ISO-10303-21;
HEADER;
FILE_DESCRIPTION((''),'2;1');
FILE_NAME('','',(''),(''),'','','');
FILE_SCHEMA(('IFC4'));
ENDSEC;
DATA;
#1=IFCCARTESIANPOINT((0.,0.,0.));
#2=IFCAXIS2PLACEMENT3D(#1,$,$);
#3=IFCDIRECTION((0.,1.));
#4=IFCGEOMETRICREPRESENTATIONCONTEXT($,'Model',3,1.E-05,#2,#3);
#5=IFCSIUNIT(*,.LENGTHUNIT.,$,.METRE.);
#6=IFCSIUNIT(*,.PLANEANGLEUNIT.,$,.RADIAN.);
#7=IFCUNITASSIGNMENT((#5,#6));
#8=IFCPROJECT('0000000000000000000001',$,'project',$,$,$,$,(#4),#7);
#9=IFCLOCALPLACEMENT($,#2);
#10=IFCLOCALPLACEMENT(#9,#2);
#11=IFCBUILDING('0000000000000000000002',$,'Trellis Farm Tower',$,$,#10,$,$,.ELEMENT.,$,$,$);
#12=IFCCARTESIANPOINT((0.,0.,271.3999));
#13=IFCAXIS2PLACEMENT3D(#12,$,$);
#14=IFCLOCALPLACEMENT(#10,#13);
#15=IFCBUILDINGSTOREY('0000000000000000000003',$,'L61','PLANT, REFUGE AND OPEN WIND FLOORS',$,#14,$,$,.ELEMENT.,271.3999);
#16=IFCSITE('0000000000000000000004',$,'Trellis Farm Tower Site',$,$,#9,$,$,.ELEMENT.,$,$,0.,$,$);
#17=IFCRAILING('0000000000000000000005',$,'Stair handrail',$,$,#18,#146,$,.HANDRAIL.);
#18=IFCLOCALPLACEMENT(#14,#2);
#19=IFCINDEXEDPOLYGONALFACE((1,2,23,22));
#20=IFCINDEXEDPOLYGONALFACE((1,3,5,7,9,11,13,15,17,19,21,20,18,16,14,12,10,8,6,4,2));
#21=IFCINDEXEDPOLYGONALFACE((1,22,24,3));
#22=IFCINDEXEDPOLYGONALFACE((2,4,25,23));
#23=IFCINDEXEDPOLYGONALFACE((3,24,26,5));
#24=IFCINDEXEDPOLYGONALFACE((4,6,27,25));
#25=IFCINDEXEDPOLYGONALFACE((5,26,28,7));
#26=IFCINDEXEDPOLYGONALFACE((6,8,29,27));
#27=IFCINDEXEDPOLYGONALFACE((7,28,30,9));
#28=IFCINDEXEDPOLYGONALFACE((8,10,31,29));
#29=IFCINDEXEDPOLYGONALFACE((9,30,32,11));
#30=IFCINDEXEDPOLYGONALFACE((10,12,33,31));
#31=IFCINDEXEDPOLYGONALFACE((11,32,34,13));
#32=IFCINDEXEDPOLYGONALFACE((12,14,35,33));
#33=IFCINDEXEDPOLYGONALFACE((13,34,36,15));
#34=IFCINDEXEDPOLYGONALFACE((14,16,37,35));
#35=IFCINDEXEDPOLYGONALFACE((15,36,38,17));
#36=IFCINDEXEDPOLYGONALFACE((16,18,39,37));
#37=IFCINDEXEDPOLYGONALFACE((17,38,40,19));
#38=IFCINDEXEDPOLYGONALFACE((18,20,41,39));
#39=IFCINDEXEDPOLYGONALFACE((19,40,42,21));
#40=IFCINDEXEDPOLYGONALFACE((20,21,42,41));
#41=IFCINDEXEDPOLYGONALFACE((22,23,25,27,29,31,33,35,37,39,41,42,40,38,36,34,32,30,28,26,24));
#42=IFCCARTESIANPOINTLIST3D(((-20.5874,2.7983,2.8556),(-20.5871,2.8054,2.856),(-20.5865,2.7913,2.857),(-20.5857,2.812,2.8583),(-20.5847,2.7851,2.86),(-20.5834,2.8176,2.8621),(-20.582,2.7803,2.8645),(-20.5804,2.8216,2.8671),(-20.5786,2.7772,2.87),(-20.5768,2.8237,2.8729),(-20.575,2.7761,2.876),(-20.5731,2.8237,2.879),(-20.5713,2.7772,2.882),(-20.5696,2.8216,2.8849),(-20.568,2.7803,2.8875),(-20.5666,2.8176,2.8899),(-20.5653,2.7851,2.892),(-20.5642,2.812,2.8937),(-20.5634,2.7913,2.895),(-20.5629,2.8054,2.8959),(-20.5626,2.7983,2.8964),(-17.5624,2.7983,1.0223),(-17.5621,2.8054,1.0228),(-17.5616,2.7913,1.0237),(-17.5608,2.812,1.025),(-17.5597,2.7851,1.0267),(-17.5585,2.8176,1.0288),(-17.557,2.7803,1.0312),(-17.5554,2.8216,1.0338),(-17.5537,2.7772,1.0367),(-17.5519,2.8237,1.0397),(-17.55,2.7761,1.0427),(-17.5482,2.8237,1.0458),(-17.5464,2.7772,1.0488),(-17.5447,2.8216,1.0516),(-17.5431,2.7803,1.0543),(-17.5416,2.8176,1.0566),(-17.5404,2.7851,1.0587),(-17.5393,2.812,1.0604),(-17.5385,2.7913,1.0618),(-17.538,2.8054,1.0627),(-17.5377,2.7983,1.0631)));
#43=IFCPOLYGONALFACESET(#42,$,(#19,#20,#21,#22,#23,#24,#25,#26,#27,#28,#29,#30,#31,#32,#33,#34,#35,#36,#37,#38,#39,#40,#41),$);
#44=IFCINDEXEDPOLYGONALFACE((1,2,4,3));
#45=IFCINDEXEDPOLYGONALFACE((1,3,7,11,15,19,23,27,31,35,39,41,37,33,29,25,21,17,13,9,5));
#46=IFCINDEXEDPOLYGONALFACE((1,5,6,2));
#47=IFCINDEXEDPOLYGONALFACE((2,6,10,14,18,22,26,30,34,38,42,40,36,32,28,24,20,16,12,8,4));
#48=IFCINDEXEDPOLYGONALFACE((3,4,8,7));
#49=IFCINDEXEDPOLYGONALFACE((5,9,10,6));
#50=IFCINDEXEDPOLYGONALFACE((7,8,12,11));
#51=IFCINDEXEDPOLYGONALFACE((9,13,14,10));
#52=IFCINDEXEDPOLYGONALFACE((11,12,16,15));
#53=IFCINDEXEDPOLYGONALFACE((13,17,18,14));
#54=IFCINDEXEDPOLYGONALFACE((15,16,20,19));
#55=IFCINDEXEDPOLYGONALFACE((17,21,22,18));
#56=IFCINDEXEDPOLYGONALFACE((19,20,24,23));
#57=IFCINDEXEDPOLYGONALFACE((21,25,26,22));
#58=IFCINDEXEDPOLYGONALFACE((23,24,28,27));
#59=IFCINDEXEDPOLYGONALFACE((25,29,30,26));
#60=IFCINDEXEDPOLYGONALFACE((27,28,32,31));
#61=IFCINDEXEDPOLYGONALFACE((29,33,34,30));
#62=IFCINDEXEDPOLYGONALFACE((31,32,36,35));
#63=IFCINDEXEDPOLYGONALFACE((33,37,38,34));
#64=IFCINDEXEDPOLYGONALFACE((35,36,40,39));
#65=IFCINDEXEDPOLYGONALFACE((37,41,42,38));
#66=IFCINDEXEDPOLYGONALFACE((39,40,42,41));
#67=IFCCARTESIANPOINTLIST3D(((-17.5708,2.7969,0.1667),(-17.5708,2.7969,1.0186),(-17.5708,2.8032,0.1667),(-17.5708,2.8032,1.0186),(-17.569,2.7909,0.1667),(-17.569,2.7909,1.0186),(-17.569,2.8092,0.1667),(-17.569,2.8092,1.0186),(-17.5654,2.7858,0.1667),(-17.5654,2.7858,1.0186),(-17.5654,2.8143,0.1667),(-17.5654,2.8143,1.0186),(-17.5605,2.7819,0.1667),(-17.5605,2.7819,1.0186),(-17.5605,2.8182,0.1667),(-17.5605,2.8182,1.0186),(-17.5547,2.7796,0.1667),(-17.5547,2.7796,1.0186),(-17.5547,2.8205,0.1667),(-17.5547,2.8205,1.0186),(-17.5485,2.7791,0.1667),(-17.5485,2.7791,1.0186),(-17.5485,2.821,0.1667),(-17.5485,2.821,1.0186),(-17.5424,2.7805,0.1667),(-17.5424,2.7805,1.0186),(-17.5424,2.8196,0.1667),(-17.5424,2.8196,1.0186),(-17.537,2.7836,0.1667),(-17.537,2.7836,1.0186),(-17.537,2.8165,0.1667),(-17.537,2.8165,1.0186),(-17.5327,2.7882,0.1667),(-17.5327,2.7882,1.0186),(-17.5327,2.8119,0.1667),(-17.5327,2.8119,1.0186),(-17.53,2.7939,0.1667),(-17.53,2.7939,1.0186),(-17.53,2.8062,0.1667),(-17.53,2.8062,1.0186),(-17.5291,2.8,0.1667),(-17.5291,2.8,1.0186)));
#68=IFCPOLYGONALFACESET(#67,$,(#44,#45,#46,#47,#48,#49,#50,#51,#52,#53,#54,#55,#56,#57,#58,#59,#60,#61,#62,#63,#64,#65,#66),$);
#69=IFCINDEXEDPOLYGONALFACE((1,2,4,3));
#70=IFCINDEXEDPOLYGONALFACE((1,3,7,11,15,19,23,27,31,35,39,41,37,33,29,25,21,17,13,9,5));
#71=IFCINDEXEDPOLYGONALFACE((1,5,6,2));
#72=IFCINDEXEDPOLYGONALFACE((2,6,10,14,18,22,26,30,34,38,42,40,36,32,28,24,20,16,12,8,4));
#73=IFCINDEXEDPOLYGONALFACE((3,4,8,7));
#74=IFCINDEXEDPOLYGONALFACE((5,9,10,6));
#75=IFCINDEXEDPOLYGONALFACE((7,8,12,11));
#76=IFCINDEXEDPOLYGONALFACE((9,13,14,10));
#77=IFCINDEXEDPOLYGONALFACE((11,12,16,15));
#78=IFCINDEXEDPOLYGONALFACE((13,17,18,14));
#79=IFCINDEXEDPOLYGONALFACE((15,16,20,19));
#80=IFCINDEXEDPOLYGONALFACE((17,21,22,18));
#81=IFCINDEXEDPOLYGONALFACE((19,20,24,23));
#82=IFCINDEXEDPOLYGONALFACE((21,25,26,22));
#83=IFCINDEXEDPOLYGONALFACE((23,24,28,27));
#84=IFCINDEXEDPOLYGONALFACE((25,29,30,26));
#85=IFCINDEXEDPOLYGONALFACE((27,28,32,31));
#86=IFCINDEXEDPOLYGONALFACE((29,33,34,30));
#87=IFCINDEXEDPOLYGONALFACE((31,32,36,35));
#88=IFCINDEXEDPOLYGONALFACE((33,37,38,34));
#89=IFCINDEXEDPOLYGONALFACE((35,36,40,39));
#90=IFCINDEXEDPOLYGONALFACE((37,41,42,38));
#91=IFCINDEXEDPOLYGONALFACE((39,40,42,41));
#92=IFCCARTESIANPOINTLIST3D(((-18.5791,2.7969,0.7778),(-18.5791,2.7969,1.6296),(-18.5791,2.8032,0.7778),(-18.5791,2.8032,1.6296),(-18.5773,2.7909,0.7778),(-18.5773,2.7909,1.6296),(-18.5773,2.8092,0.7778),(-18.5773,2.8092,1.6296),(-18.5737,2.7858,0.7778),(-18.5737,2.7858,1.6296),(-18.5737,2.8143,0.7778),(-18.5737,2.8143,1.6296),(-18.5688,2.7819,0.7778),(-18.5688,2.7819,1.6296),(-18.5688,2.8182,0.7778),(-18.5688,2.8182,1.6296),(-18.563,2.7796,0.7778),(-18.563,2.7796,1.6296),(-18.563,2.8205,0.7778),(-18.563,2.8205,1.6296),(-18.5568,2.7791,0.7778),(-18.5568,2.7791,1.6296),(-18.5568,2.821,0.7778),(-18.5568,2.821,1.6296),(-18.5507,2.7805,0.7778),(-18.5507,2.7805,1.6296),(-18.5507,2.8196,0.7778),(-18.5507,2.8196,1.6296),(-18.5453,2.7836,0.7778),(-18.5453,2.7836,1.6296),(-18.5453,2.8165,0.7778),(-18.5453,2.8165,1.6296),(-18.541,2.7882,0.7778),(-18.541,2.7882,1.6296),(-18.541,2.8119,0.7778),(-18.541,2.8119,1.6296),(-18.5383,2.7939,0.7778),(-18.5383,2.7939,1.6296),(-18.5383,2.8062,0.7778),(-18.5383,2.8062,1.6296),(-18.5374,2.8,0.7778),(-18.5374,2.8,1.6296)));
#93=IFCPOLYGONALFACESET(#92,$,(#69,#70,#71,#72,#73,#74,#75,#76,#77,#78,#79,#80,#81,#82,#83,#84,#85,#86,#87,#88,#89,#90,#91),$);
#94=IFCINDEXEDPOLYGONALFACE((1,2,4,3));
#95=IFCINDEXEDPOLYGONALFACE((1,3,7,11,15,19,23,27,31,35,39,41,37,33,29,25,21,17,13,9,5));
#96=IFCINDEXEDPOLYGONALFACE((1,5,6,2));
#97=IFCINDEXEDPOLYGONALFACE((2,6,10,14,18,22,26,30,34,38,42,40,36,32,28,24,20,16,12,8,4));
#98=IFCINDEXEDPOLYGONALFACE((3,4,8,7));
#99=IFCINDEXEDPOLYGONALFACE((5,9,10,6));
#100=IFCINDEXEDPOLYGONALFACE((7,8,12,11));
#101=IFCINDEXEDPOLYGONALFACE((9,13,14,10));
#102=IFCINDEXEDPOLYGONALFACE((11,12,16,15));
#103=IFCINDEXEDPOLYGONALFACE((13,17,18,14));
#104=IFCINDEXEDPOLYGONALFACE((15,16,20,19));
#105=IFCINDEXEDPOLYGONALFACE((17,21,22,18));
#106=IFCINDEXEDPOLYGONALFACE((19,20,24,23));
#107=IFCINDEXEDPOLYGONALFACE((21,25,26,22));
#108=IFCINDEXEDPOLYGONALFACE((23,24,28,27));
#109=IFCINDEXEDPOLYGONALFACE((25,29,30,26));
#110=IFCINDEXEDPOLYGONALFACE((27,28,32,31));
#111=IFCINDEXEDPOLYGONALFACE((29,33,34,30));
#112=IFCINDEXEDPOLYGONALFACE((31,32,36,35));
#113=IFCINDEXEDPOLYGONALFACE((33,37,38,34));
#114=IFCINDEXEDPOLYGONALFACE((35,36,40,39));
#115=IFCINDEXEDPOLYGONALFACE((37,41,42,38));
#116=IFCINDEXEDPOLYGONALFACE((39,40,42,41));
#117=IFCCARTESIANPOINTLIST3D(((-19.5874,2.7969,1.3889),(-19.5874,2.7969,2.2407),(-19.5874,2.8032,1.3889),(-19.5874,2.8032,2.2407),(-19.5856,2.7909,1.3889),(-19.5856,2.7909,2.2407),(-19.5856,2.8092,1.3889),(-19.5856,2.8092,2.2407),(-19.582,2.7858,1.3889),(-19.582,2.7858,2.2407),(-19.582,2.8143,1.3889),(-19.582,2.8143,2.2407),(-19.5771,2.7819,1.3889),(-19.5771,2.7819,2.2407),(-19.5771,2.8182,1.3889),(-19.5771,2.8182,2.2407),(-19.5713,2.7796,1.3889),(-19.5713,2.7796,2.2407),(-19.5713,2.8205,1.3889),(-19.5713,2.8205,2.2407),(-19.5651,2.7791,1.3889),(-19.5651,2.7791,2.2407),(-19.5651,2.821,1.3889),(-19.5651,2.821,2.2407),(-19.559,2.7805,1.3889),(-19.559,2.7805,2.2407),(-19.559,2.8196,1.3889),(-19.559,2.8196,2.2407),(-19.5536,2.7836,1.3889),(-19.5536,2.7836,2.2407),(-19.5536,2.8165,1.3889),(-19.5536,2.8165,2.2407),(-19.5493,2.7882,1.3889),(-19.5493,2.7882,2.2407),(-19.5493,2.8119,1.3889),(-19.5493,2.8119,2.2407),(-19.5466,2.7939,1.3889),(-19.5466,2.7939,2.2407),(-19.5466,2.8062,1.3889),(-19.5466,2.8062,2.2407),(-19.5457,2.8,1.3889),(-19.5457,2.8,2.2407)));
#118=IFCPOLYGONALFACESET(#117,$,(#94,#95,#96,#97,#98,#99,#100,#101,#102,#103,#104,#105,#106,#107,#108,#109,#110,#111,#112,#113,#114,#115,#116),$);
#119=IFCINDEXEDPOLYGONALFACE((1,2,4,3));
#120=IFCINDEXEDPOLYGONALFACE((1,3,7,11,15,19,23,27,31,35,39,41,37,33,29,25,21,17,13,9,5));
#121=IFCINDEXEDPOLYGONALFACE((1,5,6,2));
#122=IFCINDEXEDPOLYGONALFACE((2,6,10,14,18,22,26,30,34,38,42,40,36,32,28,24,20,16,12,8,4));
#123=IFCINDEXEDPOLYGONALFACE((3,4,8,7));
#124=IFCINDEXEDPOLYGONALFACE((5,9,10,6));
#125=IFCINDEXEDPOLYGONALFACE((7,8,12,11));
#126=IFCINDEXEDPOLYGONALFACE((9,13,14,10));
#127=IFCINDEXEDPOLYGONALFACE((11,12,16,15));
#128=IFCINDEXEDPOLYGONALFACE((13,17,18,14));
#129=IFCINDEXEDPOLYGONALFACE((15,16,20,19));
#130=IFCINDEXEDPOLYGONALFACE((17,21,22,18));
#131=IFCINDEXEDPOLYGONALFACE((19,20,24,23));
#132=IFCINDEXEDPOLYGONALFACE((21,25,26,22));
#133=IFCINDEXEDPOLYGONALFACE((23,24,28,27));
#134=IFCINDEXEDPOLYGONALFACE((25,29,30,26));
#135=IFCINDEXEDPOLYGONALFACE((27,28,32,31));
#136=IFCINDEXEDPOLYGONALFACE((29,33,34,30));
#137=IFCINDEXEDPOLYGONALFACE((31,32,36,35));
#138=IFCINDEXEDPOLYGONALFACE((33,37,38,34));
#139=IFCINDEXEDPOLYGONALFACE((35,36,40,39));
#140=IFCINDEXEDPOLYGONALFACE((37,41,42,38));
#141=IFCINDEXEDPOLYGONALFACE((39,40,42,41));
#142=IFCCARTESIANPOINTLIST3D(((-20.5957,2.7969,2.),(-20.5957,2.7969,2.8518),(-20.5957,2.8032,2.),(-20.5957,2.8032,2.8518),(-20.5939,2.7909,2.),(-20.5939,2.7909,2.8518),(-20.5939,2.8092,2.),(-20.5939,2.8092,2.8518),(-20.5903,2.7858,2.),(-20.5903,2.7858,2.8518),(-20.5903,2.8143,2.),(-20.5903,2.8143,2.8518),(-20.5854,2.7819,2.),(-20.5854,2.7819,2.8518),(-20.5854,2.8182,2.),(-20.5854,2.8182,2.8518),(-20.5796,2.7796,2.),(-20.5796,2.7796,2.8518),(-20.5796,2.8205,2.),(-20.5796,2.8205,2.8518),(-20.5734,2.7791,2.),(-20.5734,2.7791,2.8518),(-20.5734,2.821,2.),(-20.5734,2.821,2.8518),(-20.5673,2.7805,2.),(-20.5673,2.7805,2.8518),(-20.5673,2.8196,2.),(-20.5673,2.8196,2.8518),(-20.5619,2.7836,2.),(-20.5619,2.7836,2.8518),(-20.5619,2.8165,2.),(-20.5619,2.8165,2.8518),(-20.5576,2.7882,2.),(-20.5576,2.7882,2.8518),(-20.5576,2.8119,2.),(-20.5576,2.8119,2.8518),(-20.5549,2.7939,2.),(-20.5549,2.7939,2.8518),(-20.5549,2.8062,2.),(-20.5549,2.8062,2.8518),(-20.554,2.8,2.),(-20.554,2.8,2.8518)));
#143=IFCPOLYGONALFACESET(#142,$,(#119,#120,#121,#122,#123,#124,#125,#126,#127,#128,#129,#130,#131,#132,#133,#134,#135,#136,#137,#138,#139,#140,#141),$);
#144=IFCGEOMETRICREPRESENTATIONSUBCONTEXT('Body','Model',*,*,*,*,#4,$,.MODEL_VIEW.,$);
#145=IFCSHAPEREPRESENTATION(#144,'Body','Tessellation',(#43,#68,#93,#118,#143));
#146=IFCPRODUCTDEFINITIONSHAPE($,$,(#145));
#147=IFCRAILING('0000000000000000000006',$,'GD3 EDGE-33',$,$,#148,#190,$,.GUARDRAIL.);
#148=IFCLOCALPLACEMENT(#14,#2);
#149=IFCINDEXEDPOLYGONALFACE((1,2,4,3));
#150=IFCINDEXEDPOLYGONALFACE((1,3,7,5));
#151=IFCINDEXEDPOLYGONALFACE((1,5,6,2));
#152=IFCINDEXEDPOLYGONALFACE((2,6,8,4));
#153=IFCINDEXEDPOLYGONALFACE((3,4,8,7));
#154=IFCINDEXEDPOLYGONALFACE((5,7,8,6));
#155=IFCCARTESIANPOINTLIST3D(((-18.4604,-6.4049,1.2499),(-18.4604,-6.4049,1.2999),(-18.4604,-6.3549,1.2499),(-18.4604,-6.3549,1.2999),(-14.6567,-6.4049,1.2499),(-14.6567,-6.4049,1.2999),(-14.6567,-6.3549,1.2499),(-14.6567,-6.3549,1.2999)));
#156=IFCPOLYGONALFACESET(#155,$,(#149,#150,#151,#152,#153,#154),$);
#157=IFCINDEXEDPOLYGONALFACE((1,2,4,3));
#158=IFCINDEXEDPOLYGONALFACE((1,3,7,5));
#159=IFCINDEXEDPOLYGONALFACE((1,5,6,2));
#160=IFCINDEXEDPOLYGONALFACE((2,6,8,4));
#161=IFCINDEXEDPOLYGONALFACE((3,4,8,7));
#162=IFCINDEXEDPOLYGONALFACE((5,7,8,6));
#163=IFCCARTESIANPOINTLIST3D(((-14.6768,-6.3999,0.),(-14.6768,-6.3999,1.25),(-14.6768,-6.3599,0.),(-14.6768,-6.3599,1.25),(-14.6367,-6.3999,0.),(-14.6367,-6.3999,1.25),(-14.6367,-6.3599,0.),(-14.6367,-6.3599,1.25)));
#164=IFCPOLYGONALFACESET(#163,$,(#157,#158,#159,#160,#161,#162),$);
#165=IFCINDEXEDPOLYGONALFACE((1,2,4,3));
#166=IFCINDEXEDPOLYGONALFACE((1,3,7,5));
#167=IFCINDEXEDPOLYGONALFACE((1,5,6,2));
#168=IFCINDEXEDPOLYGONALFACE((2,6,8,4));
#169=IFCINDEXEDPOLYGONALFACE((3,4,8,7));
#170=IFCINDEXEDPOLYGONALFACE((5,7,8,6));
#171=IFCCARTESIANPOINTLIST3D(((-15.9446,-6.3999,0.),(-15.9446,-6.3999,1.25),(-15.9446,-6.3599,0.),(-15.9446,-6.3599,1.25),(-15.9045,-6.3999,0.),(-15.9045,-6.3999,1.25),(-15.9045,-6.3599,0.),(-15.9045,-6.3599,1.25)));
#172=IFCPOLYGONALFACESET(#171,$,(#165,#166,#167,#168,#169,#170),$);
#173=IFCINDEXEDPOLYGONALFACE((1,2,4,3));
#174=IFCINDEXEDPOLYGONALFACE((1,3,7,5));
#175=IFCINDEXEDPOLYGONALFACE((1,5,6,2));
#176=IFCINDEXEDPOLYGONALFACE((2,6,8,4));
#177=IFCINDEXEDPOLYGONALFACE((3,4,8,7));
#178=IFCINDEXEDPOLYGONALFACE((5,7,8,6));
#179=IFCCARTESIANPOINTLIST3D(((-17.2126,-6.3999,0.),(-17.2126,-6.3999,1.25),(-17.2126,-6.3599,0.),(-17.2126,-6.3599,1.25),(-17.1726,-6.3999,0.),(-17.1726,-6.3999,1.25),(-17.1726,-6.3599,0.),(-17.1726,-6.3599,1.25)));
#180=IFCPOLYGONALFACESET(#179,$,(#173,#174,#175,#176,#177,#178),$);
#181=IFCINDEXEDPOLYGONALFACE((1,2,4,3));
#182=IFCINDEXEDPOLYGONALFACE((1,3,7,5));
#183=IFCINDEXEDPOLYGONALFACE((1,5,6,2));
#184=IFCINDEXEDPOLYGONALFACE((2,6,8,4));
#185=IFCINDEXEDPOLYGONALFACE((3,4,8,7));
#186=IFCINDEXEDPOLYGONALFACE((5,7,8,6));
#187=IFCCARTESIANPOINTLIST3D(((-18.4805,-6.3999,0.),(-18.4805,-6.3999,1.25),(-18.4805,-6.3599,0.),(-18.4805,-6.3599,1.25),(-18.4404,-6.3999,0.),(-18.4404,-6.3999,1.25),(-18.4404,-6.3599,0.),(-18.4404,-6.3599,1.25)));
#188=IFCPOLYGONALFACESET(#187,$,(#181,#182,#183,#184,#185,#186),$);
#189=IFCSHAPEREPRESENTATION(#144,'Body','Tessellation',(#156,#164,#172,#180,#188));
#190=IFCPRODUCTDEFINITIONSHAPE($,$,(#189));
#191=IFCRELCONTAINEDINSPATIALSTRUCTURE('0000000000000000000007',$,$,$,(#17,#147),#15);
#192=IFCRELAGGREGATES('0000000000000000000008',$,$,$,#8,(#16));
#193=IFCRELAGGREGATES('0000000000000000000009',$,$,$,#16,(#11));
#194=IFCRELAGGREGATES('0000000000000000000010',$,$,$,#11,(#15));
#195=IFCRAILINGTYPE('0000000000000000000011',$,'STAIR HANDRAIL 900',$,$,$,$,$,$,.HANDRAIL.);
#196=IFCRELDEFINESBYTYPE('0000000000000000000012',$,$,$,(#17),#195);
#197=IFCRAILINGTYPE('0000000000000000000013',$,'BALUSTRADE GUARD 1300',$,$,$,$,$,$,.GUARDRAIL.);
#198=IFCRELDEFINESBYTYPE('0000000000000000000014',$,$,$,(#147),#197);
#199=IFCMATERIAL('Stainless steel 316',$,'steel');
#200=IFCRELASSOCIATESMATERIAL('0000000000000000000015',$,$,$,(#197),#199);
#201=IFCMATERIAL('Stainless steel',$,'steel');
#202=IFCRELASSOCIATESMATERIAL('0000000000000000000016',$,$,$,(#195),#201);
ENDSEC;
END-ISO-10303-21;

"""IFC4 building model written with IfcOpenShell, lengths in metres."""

from ifc_helpers import new_model, si_unit, direction, frame, origin, origin_2d, place, context, subcontext, project, spatial, rectangle, circle, extrude, source, transform, mapped, material, type_object, element, save


model = new_model("IFC4")

# Units and contexts
model_context = context("Model", 3, precision=1e-05, world=origin(), true_north=direction((0.0, 1.0)))
body_context = subcontext(model_context, "Body", "Model", "MODEL_VIEW")
ifc_project = project(units=[si_unit("LENGTHUNIT", "METRE"), si_unit("PLANEANGLEUNIT", "RADIAN")], contexts=[model_context])

# Site, building, storey
site_placement = place(None, origin())
site = spatial("IfcSite", under=ifc_project, at=site_placement, Name="Trellis Farm Tower Site", CompositionType="ELEMENT", RefElevation=0.0)
building_placement = place(site_placement, origin())
building = spatial("IfcBuilding", under=site, at=building_placement, Name="Trellis Farm Tower", CompositionType="ELEMENT")
storey_placement = place(building_placement, frame((0.0, 0.0, 271.3999)))
storey = spatial("IfcBuildingStorey", under=building, at=storey_placement, Name="L61", Description="PLANT, REFUGE AND OPEN WIND FLOORS", CompositionType="ELEMENT", Elevation=271.3999)

# Railings
ifc_material_1 = material(Name="Stainless steel 316", Category="steel")
railing_type_1 = type_object("IfcRailingType", Name="BALUSTRADE GUARD 1300", PredefinedType="GUARDRAIL", material=ifc_material_1)
ifc_material_2 = material(Name="Stainless steel", Category="steel")
railing_type_2 = type_object("IfcRailingType", Name="STAIR HANDRAIL 900", PredefinedType="HANDRAIL", material=ifc_material_2)
shared_shape_1 = source(origin(), body_context, "Body", "SweptSolid", [
    extrude(circle(Radius=0.0239, at=origin_2d()), frame((0.0, 0.0, 0.876), z_axis=(-0.855201, 0.0, 0.518297), x_axis=(0.0, -1.0, 0.0)), (0.0, 0.0, 1.0), 3.5371),
    extrude(circle(Radius=0.021, at=origin_2d()), origin(), (0.0, 0.0, 1.0), 0.8518),
    extrude(circle(Radius=0.021, at=origin_2d()), frame((-1.0083, 0.0, 0.6111)), (0.0, 0.0, 1.0), 0.8518),
    extrude(circle(Radius=0.021, at=origin_2d()), frame((-2.0166, 0.0, 1.2222)), (0.0, 0.0, 1.0), 0.8518),
    extrude(circle(Radius=0.021, at=origin_2d()), frame((-3.0249, 0.0, 1.8333)), (0.0, 0.0, 1.0), 0.8518),
])
railing_1_placement = place(storey_placement, frame((-17.55, 2.8, 0.1667)))
element("IfcRailing", 1, at=railing_1_placement, inside=storey, type_object=railing_type_2, Name="Stair handrail", PredefinedType="HANDRAIL", context=body_context, shape_type="MappedRepresentation", body=[
    mapped(shared_shape_1, transform((0.0, 0.0, 0.0))),
])
shared_shape_2 = source(origin(), body_context, "Body", "SweptSolid", [
    extrude(rectangle(XDim=0.05, YDim=0.05, at=origin_2d()), frame((0.0, 0.0, 1.2749), z_axis=(-1.0, 0.0, 0.0), x_axis=(0.0, -1.0, 0.0)), (0.0, 0.0, 1.0), 3.8037),
    extrude(rectangle(XDim=0.04, YDim=0.04, at=origin_2d()), origin(), (0.0, 0.0, 1.0), 1.25),
    extrude(rectangle(XDim=0.04, YDim=0.04, at=origin_2d()), frame((-1.2678, 0.0, 0.0)), (0.0, 0.0, 1.0), 1.25),
    extrude(rectangle(XDim=0.04, YDim=0.04, at=origin_2d()), frame((-2.5359, 0.0, 0.0)), (0.0, 0.0, 1.0), 1.25),
    extrude(rectangle(XDim=0.04, YDim=0.04, at=origin_2d()), frame((-3.8037, 0.0, 0.0)), (0.0, 0.0, 1.0), 1.25),
])
for number, where, name in (
    (2, (-14.6567, -6.3799, 0.0), "GD3 EDGE-33"),
):
    element("IfcRailing", number, at=place(storey_placement, frame(where)), inside=storey, type_object=railing_type_1, Name=name, PredefinedType="GUARDRAIL", context=body_context, shape_type="MappedRepresentation", body=[
        mapped(shared_shape_2, transform((0.0, 0.0, 0.0))),
    ])

save(model, "model.ifc")
